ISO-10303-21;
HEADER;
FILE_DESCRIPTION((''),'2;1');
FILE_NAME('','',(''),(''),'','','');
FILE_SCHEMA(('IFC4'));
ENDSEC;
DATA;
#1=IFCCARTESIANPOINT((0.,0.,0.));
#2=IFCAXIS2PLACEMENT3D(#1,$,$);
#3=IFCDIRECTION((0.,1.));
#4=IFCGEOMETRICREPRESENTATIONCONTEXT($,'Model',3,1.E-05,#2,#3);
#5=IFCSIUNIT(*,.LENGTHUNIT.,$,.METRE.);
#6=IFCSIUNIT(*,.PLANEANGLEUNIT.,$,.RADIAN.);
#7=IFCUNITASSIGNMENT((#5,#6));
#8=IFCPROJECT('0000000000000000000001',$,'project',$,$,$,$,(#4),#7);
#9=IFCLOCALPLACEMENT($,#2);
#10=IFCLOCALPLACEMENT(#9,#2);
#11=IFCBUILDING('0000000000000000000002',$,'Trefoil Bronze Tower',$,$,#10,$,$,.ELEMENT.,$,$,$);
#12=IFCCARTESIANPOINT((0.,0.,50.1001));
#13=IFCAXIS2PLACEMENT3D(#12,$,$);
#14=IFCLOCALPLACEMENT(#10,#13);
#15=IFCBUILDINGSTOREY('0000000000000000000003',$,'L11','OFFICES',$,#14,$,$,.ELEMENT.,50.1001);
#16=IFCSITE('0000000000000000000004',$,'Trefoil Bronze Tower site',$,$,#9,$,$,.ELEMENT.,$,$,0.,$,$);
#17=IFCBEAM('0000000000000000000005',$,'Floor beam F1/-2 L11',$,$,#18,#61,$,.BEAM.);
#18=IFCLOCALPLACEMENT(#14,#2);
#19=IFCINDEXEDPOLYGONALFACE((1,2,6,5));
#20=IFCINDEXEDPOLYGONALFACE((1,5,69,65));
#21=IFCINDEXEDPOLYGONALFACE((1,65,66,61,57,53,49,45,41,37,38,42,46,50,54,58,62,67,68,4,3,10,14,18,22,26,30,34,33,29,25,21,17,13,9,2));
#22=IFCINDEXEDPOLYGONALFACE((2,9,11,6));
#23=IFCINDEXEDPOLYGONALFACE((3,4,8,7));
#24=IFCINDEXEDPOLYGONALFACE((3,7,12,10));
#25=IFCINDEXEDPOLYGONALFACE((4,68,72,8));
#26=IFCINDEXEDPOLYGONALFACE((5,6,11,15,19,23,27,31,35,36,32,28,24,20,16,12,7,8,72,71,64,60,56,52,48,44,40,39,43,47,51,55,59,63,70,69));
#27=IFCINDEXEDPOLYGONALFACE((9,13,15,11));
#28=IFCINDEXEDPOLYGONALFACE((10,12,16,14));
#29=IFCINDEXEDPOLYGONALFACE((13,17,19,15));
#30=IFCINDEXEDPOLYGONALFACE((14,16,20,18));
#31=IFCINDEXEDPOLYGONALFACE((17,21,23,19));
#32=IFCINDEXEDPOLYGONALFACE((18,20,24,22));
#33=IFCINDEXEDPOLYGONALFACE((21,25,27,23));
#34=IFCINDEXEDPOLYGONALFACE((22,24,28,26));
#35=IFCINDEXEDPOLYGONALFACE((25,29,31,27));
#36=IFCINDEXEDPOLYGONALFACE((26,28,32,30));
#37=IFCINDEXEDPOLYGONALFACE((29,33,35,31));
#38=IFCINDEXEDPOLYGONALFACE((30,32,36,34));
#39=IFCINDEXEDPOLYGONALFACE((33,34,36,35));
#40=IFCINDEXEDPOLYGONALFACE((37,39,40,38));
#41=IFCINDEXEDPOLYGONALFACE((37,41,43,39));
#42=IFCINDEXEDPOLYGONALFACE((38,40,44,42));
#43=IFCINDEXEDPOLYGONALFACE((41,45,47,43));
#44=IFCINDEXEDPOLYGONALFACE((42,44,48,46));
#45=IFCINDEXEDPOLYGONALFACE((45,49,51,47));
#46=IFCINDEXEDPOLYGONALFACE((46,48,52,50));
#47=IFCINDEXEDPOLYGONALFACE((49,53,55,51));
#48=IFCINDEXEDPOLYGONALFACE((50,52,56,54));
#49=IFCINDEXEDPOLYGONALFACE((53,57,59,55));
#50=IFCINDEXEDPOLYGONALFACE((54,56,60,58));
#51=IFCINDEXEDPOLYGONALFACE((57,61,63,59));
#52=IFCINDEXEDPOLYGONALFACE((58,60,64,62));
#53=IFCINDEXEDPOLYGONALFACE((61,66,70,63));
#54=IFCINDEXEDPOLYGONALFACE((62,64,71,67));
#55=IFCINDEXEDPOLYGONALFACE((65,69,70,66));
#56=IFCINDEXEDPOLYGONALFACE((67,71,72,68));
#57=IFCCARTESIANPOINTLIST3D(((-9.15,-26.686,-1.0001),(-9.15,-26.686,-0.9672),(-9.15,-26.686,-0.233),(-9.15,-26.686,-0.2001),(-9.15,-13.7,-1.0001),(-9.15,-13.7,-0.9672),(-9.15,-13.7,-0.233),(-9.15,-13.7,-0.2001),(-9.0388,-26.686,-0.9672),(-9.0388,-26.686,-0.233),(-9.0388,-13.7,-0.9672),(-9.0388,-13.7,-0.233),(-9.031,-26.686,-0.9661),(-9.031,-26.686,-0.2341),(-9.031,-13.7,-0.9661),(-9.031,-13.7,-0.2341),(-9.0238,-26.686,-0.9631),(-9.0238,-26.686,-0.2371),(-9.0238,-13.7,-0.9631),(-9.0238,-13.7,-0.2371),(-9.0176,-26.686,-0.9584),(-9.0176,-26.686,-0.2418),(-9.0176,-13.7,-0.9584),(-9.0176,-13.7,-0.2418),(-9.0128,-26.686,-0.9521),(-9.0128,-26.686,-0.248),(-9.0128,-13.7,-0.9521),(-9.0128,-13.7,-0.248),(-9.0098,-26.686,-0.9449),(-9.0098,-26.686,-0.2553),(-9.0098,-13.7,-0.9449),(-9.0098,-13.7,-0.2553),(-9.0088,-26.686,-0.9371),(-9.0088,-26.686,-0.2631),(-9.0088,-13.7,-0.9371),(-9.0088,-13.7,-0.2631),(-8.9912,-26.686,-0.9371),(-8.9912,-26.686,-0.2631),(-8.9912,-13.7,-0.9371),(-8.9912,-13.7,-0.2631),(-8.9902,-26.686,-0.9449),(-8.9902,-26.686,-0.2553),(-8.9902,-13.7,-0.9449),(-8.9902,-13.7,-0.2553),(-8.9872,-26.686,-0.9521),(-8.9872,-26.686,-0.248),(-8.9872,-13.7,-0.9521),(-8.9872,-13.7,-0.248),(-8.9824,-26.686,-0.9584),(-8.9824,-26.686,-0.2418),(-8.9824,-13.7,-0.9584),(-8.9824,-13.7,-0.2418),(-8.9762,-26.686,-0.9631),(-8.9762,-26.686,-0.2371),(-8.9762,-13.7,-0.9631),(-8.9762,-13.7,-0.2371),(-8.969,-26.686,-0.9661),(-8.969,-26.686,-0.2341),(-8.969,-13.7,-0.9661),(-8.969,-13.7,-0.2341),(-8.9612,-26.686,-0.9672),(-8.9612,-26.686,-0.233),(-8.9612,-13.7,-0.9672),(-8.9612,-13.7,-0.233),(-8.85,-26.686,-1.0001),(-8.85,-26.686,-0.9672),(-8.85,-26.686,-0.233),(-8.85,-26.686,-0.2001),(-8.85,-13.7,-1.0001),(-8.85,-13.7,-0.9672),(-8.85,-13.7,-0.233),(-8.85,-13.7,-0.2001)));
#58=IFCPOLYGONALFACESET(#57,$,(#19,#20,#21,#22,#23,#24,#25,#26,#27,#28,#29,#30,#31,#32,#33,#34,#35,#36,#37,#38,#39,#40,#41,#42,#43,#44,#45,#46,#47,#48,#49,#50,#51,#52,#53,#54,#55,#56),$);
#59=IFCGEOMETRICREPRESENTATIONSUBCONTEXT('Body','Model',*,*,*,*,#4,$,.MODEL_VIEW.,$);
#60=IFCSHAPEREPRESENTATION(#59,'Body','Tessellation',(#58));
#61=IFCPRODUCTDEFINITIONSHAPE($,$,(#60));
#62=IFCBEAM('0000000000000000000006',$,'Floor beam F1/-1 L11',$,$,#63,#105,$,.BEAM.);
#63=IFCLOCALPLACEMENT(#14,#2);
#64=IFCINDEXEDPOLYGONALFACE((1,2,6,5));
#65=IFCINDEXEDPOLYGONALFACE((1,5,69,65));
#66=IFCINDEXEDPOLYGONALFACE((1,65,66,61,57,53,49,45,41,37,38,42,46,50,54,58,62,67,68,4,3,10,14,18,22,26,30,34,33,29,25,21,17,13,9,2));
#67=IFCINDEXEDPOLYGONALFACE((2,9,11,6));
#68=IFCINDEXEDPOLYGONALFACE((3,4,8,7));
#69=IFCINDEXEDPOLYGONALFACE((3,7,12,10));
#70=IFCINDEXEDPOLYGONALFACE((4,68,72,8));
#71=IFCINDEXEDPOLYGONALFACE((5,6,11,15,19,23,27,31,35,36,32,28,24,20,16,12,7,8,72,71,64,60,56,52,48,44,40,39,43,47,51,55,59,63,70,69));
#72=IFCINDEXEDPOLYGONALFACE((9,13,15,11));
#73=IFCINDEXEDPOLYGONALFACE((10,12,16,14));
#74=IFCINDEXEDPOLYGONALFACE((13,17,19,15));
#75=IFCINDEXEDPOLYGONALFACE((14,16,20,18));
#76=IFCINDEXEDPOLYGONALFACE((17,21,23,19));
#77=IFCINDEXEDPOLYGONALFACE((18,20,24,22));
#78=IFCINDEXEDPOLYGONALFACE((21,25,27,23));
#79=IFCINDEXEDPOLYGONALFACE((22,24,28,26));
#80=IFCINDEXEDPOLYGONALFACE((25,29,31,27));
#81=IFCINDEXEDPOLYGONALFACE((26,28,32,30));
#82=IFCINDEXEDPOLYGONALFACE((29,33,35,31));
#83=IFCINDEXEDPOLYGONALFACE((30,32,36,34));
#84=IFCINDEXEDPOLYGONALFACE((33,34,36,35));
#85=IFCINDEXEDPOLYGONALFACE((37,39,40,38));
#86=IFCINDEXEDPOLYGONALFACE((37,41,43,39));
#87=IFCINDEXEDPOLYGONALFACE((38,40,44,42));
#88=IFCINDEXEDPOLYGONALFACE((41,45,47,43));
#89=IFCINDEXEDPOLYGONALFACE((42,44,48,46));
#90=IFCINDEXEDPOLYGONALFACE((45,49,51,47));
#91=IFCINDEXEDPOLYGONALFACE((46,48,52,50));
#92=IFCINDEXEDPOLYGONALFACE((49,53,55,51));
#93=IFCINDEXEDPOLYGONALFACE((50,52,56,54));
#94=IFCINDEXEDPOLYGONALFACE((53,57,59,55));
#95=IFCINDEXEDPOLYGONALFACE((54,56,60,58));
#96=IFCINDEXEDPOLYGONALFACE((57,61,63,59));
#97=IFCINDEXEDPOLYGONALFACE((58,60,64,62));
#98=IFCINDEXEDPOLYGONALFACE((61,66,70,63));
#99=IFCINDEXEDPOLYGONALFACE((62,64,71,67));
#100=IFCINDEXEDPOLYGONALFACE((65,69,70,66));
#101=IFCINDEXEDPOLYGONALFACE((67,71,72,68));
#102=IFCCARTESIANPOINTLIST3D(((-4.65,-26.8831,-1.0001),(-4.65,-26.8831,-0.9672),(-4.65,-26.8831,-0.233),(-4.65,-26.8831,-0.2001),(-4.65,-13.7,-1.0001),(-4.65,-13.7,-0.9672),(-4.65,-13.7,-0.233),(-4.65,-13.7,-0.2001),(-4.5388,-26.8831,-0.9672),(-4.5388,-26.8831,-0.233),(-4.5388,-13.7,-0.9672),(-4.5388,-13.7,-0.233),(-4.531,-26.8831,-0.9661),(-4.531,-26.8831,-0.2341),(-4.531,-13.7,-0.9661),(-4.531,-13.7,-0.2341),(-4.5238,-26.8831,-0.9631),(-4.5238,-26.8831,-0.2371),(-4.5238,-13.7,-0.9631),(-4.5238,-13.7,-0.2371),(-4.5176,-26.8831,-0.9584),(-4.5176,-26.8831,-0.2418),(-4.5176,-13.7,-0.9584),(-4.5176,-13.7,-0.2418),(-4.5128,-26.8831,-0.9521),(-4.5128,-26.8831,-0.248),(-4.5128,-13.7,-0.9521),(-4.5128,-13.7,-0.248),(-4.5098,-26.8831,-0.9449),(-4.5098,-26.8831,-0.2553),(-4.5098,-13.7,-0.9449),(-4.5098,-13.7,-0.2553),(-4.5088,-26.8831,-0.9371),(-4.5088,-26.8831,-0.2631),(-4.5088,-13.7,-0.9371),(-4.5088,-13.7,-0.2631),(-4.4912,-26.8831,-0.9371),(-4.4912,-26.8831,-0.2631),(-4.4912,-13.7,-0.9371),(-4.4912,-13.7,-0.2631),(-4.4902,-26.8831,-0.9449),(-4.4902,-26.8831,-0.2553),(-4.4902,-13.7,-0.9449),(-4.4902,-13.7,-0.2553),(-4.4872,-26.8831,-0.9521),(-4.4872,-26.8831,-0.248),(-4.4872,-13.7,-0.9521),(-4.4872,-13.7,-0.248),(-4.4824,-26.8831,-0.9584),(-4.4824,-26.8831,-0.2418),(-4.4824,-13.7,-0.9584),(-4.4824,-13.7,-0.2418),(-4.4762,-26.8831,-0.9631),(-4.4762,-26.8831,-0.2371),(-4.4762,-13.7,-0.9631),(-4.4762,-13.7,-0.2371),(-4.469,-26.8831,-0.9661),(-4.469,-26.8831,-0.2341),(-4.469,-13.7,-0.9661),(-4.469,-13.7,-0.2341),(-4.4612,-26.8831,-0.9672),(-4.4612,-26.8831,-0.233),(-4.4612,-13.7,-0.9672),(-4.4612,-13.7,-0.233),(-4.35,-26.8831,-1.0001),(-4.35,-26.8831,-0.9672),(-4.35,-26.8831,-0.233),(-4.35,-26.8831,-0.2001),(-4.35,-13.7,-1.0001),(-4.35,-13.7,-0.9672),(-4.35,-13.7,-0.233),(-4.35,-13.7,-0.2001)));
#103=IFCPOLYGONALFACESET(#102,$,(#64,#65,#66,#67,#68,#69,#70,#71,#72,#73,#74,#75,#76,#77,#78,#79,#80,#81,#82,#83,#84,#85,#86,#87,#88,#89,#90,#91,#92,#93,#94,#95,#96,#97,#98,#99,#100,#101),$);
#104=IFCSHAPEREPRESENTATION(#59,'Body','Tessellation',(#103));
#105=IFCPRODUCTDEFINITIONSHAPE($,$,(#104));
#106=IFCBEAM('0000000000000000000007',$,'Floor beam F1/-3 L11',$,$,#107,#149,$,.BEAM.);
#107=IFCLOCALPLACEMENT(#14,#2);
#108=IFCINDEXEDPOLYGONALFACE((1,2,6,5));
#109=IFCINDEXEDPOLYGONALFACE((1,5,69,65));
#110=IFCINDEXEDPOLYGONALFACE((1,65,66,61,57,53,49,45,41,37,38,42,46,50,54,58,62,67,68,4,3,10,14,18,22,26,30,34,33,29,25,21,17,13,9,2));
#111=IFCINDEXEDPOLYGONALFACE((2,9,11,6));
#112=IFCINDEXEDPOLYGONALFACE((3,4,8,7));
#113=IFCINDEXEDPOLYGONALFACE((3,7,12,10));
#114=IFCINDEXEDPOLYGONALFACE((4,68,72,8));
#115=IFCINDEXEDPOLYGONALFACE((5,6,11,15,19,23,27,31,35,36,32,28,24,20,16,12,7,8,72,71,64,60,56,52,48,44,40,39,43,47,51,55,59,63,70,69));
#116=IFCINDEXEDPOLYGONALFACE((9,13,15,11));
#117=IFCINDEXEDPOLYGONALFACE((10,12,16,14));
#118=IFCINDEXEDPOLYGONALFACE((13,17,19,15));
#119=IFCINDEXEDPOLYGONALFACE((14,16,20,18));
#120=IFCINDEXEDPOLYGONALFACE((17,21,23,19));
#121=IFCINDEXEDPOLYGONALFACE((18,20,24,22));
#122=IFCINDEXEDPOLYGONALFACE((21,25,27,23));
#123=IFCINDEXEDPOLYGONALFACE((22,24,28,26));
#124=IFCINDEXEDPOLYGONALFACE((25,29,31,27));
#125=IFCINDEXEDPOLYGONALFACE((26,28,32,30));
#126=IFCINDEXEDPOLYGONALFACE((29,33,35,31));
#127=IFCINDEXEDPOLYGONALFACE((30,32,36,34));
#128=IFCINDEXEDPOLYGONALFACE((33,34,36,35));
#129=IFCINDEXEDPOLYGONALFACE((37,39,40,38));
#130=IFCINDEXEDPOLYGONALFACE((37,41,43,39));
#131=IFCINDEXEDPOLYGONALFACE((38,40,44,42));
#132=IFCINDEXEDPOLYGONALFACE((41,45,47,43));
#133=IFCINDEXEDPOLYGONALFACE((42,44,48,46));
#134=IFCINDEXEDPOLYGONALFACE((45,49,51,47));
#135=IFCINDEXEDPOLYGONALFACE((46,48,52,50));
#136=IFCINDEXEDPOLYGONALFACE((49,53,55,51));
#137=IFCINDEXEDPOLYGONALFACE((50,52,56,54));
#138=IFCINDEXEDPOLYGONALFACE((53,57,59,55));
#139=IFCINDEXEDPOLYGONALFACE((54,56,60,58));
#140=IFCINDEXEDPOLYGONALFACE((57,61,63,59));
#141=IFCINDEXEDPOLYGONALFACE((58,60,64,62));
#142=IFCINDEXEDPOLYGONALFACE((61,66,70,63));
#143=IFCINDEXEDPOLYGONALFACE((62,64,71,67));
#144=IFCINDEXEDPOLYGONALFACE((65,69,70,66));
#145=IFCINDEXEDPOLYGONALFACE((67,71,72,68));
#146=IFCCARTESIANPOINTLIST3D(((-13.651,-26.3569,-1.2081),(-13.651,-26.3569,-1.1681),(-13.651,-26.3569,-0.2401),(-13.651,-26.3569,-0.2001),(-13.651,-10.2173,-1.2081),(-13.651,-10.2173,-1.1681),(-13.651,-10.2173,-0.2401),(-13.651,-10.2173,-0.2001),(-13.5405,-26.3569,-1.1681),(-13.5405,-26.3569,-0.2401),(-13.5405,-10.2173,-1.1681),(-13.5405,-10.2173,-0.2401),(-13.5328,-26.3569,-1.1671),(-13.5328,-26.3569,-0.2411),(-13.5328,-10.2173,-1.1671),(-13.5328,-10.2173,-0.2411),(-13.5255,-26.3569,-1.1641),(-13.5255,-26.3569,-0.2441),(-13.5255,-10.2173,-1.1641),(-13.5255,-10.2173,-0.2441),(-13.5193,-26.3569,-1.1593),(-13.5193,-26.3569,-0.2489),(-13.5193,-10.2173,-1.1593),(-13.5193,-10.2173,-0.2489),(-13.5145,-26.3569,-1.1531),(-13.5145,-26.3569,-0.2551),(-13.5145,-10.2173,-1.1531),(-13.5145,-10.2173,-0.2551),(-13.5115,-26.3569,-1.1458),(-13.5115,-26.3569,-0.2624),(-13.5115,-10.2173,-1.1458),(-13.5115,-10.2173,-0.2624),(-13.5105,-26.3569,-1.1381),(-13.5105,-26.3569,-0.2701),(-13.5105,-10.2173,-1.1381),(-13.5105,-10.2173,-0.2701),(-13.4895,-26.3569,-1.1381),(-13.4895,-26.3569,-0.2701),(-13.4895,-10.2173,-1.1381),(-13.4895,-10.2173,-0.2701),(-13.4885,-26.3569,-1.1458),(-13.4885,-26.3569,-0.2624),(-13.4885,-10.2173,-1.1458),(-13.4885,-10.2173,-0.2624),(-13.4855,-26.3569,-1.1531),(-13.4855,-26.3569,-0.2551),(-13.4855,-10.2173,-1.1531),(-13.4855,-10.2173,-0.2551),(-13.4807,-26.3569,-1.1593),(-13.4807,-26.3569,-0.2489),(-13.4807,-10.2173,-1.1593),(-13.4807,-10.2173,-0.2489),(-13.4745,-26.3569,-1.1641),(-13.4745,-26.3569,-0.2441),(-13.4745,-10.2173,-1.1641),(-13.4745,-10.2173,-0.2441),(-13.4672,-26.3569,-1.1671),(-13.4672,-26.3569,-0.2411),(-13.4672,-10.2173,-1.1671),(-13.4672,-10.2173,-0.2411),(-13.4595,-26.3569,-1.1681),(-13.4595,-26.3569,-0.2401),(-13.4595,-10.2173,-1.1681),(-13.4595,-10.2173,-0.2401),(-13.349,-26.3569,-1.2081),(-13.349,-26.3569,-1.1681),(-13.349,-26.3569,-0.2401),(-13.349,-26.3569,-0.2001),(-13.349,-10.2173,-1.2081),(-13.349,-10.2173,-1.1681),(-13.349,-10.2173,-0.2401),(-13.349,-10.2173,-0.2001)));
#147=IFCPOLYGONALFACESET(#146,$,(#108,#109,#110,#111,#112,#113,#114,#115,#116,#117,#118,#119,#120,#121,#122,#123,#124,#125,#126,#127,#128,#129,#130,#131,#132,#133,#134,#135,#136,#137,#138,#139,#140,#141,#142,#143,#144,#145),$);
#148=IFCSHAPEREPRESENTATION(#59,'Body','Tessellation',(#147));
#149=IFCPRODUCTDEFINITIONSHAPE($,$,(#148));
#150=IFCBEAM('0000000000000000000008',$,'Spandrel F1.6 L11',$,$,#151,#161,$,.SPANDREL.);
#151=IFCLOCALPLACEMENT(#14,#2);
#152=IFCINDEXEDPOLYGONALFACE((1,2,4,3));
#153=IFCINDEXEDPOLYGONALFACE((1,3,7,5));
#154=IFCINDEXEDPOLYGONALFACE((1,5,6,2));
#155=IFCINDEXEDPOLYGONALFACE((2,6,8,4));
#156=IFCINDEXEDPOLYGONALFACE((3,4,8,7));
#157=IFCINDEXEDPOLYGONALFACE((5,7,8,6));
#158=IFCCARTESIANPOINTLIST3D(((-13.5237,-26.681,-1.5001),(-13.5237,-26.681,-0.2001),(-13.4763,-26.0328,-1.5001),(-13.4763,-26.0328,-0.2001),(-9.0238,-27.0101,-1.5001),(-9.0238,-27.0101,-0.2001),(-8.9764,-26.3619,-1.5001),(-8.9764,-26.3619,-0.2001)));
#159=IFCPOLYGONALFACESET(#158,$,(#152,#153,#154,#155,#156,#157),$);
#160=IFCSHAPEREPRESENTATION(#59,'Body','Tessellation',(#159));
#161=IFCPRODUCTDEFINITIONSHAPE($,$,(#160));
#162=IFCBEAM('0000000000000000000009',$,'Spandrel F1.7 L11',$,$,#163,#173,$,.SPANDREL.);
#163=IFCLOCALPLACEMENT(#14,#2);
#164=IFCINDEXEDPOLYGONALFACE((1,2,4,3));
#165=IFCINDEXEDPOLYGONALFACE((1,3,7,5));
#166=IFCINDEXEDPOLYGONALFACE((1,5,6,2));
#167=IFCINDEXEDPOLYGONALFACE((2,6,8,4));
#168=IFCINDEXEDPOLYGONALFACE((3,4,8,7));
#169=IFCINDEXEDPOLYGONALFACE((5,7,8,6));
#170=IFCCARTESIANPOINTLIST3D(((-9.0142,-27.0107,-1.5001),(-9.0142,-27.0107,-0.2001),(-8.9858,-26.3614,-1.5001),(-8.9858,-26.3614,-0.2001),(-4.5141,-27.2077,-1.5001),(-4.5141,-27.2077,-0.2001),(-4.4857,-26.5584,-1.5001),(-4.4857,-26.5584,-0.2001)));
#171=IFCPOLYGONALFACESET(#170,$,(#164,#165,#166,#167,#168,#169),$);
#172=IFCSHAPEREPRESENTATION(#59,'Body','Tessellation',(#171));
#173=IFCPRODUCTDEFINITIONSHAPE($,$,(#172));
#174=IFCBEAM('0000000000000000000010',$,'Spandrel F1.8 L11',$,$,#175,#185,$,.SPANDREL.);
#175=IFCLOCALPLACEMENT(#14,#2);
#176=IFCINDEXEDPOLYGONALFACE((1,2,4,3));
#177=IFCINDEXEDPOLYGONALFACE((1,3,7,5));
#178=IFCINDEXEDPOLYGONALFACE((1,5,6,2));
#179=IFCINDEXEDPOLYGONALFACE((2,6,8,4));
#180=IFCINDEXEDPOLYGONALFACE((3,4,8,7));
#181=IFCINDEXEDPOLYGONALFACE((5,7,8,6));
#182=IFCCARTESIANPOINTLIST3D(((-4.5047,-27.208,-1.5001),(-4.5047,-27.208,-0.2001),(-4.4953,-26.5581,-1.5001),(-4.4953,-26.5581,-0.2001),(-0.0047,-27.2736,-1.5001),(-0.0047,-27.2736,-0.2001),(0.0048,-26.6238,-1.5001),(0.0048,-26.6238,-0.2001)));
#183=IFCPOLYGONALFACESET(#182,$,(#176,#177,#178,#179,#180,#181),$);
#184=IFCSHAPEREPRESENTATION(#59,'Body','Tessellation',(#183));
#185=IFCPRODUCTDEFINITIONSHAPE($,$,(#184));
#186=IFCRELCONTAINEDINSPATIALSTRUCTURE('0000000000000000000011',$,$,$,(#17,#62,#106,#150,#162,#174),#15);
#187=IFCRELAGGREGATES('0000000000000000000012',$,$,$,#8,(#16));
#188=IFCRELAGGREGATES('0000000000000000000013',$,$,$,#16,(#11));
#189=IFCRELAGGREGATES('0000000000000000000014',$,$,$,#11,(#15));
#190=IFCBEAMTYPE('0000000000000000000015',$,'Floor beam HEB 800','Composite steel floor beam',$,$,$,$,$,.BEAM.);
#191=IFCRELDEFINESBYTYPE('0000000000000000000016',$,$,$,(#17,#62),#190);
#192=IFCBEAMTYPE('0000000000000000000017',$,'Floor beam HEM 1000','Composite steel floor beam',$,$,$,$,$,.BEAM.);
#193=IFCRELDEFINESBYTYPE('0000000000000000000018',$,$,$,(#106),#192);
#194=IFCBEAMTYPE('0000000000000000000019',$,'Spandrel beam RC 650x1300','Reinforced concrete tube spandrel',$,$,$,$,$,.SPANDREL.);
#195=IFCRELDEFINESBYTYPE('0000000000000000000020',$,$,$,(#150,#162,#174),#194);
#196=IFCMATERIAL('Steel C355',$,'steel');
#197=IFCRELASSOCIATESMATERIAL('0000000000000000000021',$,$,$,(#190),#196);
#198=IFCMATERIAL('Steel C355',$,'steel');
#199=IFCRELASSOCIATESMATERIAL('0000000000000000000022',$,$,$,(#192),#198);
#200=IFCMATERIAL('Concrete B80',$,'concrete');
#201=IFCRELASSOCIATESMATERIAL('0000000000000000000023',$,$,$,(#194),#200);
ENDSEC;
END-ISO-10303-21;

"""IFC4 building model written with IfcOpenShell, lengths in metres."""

from ifc_helpers import new_model, si_unit, direction, frame, origin, origin_2d, place, context, subcontext, project, spatial, rectangle, i_section, extrude, material, material_profile, profile_set, type_object, element, save


model = new_model("IFC4")

# Units and contexts
model_context = context("Model", 3, precision=1e-05, world=origin(), true_north=direction((0.0, 1.0)))
body_context = subcontext(model_context, "Body", "Model", "MODEL_VIEW")
ifc_project = project(units=[si_unit("LENGTHUNIT", "METRE"), si_unit("PLANEANGLEUNIT", "RADIAN")], contexts=[model_context])

# Site, building, storey
site_placement = place(None, origin())
site = spatial("IfcSite", under=ifc_project, at=site_placement, Name="Trefoil Bronze Tower site", CompositionType="ELEMENT", RefElevation=0.0)
building_placement = place(site_placement, origin())
building = spatial("IfcBuilding", under=site, at=building_placement, Name="Trefoil Bronze Tower", CompositionType="ELEMENT")
storey_placement = place(building_placement, frame((0.0, 0.0, 50.1001)))
storey = spatial("IfcBuildingStorey", under=building, at=storey_placement, Name="L11", Description="OFFICES", CompositionType="ELEMENT", Elevation=50.1001)

# Beams
ifc_material_1 = material(Name="Steel C355", Category="steel")
ifc_material_profile_1 = material_profile(ifc_material_1, i_section(OverallWidth=0.3, OverallDepth=0.8, WebThickness=0.0176, FlangeThickness=0.033, FilletRadius=0.03, at=origin_2d()), Name="HEB 800")
ifc_profile_set_1 = profile_set([ifc_material_profile_1], Name="Steel C355")
beam_type_1 = type_object("IfcBeamType", Name="Floor beam HEB 800", Description="Composite steel floor beam", PredefinedType="BEAM", material=ifc_profile_set_1)
beam_1_placement = place(storey_placement, frame((-9.0, -26.686, -0.6001), z_axis=(0.0, 1.0, 0.0), x_axis=(-1.0, 0.0, 0.0)))
element("IfcBeam", 1, at=beam_1_placement, inside=storey, type_object=beam_type_1, Name="Floor beam F1/-2 L11", PredefinedType="BEAM", context=body_context, shape_type="SweptSolid", body=[
    extrude(i_section(OverallWidth=0.3, OverallDepth=0.8, WebThickness=0.0176, FlangeThickness=0.033, FilletRadius=0.03, at=origin_2d()), origin(), (0.0, 0.0, 1.0), 12.9861),
])
beam_2_placement = place(storey_placement, frame((-4.5, -26.8831, -0.6001), z_axis=(0.0, 1.0, 0.0), x_axis=(-1.0, 0.0, 0.0)))
element("IfcBeam", 2, at=beam_2_placement, inside=storey, type_object=beam_type_1, Name="Floor beam F1/-1 L11", PredefinedType="BEAM", context=body_context, shape_type="SweptSolid", body=[
    extrude(i_section(OverallWidth=0.3, OverallDepth=0.8, WebThickness=0.0176, FlangeThickness=0.033, FilletRadius=0.03, at=origin_2d()), origin(), (0.0, 0.0, 1.0), 13.1831),
])
ifc_material_2 = material(Name="Steel C355", Category="steel")
ifc_material_profile_2 = material_profile(ifc_material_2, i_section(OverallWidth=0.302, OverallDepth=1.0081, WebThickness=0.021, FlangeThickness=0.04, FilletRadius=0.03, at=origin_2d()), Name="HEM 1000")
ifc_profile_set_2 = profile_set([ifc_material_profile_2], Name="Steel C355")
beam_type_2 = type_object("IfcBeamType", Name="Floor beam HEM 1000", Description="Composite steel floor beam", PredefinedType="BEAM", material=ifc_profile_set_2)
beam_3_placement = place(storey_placement, frame((-13.5, -26.3569, -0.7041), z_axis=(0.0, 1.0, 0.0), x_axis=(-1.0, 0.0, 0.0)))
element("IfcBeam", 3, at=beam_3_placement, inside=storey, type_object=beam_type_2, Name="Floor beam F1/-3 L11", PredefinedType="BEAM", context=body_context, shape_type="SweptSolid", body=[
    extrude(i_section(OverallWidth=0.302, OverallDepth=1.0081, WebThickness=0.021, FlangeThickness=0.04, FilletRadius=0.03, at=origin_2d()), origin(), (0.0, 0.0, 1.0), 16.1396),
])
ifc_material_3 = material(Name="Concrete B80", Category="concrete")
ifc_material_profile_3 = material_profile(ifc_material_3, rectangle(XDim=0.6499, YDim=1.3, at=origin_2d()), Name="RC 650x1300")
ifc_profile_set_3 = profile_set([ifc_material_profile_3], Name="Concrete B80")
beam_type_3 = type_object("IfcBeamType", Name="Spandrel beam RC 650x1300", Description="Reinforced concrete tube spandrel", PredefinedType="SPANDREL", material=ifc_profile_set_3)
beam_4_placement = place(storey_placement, frame((-13.5, -26.3569, -0.8501), z_axis=(0.997336, -0.072939, 0.0), x_axis=(0.072939, 0.997336, 0.0)))
element("IfcBeam", 4, at=beam_4_placement, inside=storey, type_object=beam_type_3, Name="Spandrel F1.6 L11", PredefinedType="SPANDREL", context=body_context, shape_type="SweptSolid", body=[
    extrude(rectangle(XDim=0.6499, YDim=1.3, at=origin_2d()), origin(), (0.0, 0.0, 1.0), 4.512),
])
beam_5_placement = place(storey_placement, frame((-9.0, -26.686, -0.8501), z_axis=(0.999043, -0.043741, 0.0), x_axis=(0.043741, 0.999043, 0.0)))
element("IfcBeam", 5, at=beam_5_placement, inside=storey, type_object=beam_type_3, Name="Spandrel F1.7 L11", PredefinedType="SPANDREL", context=body_context, shape_type="SweptSolid", body=[
    extrude(rectangle(XDim=0.6499, YDim=1.3, at=origin_2d()), origin(), (0.0, 0.0, 1.0), 4.5044),
])
beam_6_placement = place(storey_placement, frame((-4.5, -26.8831, -0.8501), z_axis=(0.999894, -0.014593, 0.0), x_axis=(0.014593, 0.999894, 0.0)))
element("IfcBeam", 6, at=beam_6_placement, inside=storey, type_object=beam_type_3, Name="Spandrel F1.8 L11", PredefinedType="SPANDREL", context=body_context, shape_type="SweptSolid", body=[
    extrude(rectangle(XDim=0.6499, YDim=1.3, at=origin_2d()), origin(), (0.0, 0.0, 1.0), 4.5005),
])

save(model, "model.ifc")
